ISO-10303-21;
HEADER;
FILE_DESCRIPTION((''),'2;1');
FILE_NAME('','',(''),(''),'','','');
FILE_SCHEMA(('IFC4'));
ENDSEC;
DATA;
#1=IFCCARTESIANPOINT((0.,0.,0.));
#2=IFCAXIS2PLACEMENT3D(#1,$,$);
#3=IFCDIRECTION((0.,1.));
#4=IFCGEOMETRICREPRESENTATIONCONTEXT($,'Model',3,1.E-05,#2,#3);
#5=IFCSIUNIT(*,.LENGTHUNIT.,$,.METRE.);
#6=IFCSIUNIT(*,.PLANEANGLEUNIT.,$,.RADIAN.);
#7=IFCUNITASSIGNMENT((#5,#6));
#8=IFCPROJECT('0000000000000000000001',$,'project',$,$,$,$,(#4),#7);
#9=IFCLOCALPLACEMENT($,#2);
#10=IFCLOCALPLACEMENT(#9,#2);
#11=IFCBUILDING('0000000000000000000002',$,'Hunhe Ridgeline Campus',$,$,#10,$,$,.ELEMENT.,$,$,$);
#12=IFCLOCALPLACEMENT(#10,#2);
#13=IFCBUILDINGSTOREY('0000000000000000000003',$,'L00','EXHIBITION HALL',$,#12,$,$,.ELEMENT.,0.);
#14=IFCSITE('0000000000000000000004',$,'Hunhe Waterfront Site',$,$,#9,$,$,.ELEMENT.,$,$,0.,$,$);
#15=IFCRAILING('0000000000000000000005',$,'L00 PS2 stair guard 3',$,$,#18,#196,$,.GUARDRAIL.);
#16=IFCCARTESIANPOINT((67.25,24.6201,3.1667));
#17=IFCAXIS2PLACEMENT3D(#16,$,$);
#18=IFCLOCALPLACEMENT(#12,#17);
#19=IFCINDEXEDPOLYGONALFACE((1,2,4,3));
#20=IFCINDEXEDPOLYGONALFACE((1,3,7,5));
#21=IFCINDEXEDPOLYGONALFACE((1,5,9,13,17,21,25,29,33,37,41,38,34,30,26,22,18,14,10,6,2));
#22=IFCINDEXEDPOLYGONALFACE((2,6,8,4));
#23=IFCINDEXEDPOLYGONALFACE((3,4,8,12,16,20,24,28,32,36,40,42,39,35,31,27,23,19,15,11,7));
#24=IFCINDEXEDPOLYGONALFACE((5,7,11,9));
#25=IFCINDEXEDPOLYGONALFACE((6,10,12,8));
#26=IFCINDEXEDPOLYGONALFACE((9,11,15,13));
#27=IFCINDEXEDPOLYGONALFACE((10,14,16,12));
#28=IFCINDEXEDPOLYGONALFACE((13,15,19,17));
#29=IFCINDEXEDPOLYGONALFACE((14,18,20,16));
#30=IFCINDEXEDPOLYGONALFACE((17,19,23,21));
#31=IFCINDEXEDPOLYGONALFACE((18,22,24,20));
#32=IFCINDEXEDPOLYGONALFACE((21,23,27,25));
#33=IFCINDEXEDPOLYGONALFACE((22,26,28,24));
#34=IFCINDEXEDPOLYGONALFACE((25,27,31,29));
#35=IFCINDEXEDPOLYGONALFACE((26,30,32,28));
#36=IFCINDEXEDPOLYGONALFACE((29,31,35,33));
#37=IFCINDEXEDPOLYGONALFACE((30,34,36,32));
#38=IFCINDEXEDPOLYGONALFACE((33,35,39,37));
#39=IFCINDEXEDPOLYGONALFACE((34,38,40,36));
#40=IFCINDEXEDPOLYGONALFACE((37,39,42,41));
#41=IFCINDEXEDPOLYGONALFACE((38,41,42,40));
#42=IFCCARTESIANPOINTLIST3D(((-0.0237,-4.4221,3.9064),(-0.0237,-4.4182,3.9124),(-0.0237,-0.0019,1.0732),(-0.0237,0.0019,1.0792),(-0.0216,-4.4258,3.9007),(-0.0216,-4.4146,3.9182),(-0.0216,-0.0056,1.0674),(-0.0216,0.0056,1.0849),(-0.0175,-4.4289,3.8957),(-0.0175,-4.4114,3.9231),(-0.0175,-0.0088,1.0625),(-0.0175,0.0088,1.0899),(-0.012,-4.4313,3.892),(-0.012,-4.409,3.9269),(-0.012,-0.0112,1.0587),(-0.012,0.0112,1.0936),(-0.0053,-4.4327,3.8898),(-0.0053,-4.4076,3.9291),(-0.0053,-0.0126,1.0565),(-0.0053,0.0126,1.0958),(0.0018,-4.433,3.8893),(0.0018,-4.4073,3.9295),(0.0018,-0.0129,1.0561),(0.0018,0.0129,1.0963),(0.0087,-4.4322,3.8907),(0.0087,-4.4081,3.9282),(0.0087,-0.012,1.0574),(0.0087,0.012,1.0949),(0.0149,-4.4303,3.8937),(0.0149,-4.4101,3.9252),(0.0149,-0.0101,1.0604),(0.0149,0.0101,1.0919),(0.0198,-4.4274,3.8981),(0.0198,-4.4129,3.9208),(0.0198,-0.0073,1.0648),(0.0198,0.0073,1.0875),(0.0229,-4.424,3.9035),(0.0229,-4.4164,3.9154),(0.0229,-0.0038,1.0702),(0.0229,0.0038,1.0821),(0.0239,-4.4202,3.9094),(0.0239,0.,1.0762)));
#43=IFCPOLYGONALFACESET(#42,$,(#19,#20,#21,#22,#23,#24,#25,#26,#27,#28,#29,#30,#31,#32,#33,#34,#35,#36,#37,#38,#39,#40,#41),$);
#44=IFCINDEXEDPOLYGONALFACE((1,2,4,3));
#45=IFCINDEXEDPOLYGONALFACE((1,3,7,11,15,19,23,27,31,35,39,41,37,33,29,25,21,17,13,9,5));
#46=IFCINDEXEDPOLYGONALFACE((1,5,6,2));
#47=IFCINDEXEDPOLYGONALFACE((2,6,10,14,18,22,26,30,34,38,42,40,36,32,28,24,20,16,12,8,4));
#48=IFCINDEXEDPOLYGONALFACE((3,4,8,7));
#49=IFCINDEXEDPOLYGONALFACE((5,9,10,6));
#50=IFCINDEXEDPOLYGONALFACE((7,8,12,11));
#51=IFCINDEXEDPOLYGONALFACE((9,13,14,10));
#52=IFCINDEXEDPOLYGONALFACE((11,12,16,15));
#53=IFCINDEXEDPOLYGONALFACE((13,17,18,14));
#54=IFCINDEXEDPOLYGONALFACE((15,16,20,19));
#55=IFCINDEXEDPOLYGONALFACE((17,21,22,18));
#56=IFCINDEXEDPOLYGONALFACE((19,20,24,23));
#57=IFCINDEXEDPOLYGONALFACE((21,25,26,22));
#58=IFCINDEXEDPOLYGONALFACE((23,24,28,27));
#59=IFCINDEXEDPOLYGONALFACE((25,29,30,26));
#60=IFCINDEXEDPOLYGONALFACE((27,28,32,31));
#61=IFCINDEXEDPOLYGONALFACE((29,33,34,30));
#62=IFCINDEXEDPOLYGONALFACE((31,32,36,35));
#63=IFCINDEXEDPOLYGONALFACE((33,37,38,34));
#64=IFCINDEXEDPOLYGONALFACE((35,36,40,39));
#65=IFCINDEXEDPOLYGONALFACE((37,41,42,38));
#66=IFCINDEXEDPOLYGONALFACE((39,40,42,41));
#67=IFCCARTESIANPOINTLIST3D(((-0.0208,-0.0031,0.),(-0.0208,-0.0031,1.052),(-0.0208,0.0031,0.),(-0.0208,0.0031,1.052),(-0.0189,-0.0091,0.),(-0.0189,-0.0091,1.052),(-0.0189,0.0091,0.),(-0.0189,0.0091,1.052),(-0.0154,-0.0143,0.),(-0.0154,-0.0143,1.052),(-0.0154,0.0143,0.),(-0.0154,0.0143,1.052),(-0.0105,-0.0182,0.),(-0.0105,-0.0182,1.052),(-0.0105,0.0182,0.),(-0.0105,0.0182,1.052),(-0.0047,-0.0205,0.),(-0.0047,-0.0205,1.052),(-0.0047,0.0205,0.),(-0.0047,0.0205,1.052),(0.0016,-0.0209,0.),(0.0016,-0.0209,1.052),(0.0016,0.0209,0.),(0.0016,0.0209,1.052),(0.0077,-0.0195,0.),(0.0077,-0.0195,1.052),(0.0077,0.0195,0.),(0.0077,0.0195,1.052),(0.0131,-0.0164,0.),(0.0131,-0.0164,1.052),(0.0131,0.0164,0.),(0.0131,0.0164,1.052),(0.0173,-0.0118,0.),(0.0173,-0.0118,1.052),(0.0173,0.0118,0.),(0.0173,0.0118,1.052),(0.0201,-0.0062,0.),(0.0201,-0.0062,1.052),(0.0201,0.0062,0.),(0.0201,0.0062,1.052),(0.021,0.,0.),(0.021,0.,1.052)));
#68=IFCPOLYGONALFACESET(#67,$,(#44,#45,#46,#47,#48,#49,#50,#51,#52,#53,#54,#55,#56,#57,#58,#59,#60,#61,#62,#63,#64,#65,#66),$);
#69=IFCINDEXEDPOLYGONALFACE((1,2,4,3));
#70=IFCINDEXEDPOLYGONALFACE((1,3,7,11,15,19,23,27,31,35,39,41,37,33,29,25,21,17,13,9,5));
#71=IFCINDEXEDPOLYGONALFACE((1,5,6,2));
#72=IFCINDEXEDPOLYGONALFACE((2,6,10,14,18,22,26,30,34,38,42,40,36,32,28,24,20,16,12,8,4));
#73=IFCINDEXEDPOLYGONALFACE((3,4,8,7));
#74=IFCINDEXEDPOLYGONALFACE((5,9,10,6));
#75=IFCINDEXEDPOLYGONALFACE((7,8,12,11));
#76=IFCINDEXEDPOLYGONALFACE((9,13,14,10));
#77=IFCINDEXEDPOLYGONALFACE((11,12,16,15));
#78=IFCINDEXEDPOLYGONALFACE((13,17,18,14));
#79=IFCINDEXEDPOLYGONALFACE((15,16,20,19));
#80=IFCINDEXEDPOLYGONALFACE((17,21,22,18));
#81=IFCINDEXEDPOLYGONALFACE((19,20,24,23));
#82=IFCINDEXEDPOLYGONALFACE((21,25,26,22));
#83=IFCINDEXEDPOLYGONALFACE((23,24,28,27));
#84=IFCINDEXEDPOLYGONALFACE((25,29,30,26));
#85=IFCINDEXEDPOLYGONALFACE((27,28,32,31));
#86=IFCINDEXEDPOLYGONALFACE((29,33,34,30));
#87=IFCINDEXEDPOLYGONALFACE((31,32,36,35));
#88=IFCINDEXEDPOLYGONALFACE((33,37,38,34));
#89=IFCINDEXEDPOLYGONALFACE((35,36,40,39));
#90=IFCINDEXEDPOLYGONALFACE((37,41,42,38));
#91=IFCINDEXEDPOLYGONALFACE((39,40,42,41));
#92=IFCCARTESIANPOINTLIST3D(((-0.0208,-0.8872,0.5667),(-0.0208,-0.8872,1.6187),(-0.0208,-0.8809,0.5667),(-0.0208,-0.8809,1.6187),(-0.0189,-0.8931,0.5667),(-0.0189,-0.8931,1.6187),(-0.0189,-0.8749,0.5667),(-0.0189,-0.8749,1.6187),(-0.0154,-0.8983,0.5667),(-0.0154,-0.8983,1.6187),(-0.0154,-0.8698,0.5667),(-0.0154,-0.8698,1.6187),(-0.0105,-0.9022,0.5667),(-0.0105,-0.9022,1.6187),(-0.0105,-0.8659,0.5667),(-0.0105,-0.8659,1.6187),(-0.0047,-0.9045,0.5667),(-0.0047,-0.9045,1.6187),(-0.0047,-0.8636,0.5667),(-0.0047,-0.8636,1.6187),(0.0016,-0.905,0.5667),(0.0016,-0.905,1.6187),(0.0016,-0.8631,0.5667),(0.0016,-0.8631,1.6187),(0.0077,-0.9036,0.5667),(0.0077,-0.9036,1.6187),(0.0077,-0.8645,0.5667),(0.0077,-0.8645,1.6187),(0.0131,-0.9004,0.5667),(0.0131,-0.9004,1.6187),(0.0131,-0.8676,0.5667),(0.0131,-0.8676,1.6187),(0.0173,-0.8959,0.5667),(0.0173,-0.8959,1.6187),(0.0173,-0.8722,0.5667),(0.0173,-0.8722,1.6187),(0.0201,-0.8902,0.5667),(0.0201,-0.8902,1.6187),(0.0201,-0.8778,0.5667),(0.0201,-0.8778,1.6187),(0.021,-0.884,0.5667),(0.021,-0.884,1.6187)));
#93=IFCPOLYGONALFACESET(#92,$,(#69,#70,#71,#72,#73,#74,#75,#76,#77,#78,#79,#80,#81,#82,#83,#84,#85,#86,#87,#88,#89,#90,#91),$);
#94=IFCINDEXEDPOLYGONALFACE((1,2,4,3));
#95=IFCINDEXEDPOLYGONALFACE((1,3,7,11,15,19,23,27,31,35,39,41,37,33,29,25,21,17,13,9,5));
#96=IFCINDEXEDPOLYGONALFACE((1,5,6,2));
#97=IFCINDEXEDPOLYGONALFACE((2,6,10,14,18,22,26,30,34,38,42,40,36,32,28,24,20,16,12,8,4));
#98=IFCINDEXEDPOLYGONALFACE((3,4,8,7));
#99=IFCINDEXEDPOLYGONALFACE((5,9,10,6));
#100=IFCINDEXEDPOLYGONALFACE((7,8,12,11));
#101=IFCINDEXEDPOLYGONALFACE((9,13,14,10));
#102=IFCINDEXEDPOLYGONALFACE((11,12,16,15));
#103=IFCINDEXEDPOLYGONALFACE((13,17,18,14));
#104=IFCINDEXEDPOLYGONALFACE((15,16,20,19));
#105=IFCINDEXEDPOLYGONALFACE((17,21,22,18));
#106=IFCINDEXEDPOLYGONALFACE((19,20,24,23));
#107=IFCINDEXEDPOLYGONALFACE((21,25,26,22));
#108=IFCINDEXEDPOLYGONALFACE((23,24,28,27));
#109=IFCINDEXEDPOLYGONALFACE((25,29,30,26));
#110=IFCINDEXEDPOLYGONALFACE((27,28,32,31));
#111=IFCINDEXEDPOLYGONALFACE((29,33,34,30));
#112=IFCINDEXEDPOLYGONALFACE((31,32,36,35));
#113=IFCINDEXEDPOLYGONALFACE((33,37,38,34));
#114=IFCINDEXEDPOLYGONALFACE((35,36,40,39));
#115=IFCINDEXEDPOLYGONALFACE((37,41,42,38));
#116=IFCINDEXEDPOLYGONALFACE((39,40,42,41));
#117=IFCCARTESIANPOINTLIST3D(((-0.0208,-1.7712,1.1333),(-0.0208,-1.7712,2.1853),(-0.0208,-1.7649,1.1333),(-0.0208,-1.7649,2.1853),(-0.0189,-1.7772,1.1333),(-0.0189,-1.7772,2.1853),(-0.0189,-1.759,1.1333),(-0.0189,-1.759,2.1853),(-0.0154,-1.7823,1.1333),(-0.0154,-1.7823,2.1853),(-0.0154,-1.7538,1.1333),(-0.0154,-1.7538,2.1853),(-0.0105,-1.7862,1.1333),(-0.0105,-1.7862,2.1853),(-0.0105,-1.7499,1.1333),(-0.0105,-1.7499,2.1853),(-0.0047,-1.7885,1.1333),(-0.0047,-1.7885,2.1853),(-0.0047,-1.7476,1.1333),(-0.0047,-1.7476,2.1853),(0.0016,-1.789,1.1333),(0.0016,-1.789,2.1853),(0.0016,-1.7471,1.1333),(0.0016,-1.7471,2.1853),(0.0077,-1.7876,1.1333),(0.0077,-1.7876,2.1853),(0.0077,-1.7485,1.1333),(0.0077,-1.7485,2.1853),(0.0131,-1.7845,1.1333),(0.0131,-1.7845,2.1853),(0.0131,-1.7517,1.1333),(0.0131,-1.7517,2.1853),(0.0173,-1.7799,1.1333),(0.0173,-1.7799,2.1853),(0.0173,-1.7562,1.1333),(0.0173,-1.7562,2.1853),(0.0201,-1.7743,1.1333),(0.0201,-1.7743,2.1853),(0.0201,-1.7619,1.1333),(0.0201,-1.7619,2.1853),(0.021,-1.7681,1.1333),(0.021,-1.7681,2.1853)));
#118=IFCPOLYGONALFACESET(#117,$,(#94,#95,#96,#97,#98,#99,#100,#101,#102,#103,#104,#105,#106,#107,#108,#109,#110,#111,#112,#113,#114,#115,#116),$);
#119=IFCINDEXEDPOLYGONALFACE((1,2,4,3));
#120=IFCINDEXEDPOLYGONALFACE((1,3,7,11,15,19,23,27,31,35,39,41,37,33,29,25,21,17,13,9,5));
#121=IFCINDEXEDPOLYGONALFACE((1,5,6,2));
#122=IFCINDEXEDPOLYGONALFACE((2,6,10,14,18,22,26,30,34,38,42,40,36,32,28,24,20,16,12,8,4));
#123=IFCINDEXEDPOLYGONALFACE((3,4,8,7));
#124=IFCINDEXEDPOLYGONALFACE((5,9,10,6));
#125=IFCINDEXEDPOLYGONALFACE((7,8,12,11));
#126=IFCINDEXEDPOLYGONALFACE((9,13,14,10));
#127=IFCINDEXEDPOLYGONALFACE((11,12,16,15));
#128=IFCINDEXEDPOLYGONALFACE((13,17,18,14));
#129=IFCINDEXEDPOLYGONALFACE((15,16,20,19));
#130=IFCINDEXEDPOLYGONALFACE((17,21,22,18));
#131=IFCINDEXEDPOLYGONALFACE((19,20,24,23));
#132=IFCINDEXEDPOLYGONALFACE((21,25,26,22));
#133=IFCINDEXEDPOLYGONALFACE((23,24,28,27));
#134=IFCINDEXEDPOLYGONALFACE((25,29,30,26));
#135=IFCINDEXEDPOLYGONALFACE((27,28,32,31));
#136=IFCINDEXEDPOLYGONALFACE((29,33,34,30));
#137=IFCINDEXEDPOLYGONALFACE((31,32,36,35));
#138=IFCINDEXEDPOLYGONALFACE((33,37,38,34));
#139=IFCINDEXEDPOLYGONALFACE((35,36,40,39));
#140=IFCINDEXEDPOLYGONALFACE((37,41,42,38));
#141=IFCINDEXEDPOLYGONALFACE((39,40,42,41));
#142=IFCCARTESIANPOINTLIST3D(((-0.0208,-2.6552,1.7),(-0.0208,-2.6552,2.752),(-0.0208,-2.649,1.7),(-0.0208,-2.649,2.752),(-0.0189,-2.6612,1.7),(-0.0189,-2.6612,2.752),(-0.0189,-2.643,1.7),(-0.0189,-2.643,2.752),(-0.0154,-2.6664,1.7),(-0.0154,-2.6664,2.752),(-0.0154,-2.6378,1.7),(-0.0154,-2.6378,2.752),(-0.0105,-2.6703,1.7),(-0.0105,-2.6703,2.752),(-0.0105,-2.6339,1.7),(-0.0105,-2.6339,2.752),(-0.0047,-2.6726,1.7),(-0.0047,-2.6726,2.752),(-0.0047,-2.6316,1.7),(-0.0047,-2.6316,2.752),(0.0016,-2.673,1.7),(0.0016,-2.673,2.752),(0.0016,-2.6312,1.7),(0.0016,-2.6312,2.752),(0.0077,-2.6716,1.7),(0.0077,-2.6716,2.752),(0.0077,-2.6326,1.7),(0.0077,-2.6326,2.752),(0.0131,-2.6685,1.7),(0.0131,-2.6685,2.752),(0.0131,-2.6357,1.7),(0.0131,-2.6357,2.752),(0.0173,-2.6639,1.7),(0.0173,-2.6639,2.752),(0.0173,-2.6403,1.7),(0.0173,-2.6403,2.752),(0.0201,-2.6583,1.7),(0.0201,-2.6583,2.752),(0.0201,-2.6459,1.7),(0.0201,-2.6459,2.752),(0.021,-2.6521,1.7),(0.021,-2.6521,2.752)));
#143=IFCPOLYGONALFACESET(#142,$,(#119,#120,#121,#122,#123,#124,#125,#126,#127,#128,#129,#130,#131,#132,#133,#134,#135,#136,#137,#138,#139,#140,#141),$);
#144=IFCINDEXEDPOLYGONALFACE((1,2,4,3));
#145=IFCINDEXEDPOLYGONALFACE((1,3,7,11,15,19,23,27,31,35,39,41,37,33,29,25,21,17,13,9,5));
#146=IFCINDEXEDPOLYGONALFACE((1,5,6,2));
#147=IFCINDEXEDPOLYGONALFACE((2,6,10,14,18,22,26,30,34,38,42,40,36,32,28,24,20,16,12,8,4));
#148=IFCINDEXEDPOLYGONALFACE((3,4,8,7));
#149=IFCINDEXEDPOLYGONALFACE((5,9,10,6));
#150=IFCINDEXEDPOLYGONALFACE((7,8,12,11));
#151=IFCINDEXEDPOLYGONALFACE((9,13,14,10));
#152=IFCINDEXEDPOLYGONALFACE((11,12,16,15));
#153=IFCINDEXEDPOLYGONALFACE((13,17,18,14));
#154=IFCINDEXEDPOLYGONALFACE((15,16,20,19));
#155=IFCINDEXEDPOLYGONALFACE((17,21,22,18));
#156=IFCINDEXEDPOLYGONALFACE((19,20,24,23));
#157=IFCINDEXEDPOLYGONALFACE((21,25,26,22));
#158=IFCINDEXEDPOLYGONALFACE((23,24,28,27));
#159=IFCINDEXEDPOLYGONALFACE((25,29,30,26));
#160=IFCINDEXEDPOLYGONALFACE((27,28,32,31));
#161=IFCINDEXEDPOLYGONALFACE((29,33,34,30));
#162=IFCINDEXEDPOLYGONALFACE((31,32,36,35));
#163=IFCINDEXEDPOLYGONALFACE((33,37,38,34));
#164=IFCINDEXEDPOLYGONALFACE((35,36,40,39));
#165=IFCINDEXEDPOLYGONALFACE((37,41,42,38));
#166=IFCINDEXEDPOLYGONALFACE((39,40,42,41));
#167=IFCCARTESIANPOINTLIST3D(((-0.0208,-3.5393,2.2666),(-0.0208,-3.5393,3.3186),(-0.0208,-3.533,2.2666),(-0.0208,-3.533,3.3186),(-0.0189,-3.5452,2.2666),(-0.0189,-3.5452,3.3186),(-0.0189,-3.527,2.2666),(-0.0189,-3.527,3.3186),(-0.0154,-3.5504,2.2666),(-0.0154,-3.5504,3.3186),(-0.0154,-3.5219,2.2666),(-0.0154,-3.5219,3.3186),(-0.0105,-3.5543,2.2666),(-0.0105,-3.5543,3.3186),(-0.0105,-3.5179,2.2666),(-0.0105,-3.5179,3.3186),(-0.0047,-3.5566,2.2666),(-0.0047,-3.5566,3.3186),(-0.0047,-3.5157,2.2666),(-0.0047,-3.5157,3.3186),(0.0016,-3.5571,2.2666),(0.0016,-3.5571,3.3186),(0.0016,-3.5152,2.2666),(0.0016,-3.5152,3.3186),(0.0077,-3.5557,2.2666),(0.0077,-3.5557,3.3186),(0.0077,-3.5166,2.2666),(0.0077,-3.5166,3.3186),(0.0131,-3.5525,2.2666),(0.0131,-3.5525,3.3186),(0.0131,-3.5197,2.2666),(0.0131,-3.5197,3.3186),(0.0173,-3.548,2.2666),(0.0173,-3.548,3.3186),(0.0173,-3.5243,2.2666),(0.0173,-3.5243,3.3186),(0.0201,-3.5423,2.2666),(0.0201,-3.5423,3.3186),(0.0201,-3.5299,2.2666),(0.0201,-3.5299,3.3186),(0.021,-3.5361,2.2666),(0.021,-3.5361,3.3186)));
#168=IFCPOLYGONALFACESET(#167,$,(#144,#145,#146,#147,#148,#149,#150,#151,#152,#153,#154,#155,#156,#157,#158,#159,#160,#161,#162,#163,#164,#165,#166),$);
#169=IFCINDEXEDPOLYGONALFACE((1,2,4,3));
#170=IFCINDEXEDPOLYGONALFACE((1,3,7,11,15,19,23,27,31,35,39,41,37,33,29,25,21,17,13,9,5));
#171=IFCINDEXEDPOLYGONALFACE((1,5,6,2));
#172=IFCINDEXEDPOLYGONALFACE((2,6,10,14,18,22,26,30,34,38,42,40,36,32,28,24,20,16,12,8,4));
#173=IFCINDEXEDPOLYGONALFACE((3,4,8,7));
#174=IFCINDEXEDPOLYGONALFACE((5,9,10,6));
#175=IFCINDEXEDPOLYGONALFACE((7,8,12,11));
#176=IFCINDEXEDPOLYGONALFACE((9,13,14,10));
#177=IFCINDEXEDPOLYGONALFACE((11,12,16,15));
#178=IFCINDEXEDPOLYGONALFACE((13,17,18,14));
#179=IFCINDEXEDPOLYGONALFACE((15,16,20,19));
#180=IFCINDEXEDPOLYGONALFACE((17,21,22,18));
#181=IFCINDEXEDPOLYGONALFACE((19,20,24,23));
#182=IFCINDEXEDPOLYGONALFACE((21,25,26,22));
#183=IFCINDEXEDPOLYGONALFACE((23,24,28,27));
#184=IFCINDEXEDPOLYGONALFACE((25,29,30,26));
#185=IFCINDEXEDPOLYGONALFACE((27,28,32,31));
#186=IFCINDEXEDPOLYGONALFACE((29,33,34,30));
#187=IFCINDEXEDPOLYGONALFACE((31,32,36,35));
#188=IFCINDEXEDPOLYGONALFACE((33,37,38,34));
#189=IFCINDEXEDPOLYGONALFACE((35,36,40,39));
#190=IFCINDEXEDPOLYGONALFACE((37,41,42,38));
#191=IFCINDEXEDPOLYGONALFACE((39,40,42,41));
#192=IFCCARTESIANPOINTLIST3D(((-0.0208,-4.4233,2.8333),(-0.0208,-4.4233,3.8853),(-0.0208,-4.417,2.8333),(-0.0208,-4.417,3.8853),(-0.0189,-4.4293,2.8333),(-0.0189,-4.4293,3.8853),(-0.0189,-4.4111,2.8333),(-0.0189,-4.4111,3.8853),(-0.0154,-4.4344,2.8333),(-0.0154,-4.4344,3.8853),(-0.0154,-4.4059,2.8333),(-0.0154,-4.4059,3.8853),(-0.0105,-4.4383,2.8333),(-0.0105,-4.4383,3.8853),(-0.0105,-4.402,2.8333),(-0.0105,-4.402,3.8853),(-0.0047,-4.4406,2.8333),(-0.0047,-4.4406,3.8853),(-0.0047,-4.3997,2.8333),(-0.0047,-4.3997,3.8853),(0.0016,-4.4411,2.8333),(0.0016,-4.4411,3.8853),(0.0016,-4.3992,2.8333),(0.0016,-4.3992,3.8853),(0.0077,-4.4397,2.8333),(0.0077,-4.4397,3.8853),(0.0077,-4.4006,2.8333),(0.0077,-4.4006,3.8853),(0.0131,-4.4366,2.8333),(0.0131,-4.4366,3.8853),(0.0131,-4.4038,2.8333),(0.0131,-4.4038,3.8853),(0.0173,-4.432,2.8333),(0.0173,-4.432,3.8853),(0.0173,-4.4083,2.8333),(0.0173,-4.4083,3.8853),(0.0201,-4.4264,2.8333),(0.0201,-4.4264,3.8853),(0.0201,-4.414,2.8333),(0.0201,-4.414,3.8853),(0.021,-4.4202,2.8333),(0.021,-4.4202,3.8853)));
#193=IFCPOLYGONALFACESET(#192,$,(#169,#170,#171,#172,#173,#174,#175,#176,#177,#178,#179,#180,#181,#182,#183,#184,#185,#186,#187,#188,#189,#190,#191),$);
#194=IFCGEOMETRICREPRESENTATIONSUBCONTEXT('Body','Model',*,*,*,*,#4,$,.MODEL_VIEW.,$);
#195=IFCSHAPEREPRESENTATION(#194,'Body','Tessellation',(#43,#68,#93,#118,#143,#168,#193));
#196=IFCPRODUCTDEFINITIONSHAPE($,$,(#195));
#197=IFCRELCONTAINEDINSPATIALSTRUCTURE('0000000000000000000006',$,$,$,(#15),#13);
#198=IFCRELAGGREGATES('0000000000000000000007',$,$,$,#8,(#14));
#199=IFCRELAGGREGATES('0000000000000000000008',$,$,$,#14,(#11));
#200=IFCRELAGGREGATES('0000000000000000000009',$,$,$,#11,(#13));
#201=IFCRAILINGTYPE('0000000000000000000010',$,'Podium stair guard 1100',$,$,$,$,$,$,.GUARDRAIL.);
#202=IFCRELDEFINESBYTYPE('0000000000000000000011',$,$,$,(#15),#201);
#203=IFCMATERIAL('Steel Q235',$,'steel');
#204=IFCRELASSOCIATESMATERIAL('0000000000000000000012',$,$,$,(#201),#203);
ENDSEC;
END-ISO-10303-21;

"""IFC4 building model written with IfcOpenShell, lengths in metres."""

from ifc_helpers import new_model, si_unit, direction, frame, origin, origin_2d, place, context, subcontext, project, spatial, circle, extrude, material, type_object, element, save


model = new_model("IFC4")

# Units and contexts
model_context = context("Model", 3, precision=1e-05, world=origin(), true_north=direction((0.0, 1.0)))
body_context = subcontext(model_context, "Body", "Model", "MODEL_VIEW")
ifc_project = project(units=[si_unit("LENGTHUNIT", "METRE"), si_unit("PLANEANGLEUNIT", "RADIAN")], contexts=[model_context])

# Site, building, storey
site_placement = place(None, origin())
site = spatial("IfcSite", under=ifc_project, at=site_placement, Name="Hunhe Waterfront Site", CompositionType="ELEMENT", RefElevation=0.0)
building_placement = place(site_placement, origin())
building = spatial("IfcBuilding", under=site, at=building_placement, Name="Hunhe Ridgeline Campus", CompositionType="ELEMENT")
storey_placement = place(building_placement, origin())
storey = spatial("IfcBuildingStorey", under=building, at=storey_placement, Name="L00", Description="EXHIBITION HALL", CompositionType="ELEMENT", Elevation=0.0)

# Shared definitions
ifc_material_1 = material(Name="Steel Q235", Category="steel")

# Railing
railing_type_1 = type_object("IfcRailingType", Name="Podium stair guard 1100", PredefinedType="GUARDRAIL", material=ifc_material_1)
railing_1_placement = place(storey_placement, frame((67.25, 24.6201, 3.1667)))
element("IfcRailing", 1, at=railing_1_placement, inside=storey, type_object=railing_type_1, Name="L00 PS2 stair guard 3", PredefinedType="GUARDRAIL", context=body_context, shape_type="SweptSolid", body=[
    extrude(circle(Radius=0.0239, at=origin_2d()), frame((0.0, 0.0, 1.0762), z_axis=(0.0, -0.841895, 0.539641), x_axis=(1.0, 0.0, 0.0)), (0.0, 0.0, 1.0), 5.2502),
    extrude(circle(Radius=0.021, at=origin_2d()), origin(), (0.0, 0.0, 1.0), 1.052),
    extrude(circle(Radius=0.021, at=origin_2d()), frame((0.0, -0.884, 0.5667)), (0.0, 0.0, 1.0), 1.052),
    extrude(circle(Radius=0.021, at=origin_2d()), frame((0.0, -1.7681, 1.1333)), (0.0, 0.0, 1.0), 1.052),
    extrude(circle(Radius=0.021, at=origin_2d()), frame((0.0, -2.6521, 1.7)), (0.0, 0.0, 1.0), 1.052),
    extrude(circle(Radius=0.021, at=origin_2d()), frame((0.0, -3.5361, 2.2666)), (0.0, 0.0, 1.0), 1.052),
    extrude(circle(Radius=0.021, at=origin_2d()), frame((0.0, -4.4202, 2.8333)), (0.0, 0.0, 1.0), 1.052),
])

save(model, "model.ifc")
